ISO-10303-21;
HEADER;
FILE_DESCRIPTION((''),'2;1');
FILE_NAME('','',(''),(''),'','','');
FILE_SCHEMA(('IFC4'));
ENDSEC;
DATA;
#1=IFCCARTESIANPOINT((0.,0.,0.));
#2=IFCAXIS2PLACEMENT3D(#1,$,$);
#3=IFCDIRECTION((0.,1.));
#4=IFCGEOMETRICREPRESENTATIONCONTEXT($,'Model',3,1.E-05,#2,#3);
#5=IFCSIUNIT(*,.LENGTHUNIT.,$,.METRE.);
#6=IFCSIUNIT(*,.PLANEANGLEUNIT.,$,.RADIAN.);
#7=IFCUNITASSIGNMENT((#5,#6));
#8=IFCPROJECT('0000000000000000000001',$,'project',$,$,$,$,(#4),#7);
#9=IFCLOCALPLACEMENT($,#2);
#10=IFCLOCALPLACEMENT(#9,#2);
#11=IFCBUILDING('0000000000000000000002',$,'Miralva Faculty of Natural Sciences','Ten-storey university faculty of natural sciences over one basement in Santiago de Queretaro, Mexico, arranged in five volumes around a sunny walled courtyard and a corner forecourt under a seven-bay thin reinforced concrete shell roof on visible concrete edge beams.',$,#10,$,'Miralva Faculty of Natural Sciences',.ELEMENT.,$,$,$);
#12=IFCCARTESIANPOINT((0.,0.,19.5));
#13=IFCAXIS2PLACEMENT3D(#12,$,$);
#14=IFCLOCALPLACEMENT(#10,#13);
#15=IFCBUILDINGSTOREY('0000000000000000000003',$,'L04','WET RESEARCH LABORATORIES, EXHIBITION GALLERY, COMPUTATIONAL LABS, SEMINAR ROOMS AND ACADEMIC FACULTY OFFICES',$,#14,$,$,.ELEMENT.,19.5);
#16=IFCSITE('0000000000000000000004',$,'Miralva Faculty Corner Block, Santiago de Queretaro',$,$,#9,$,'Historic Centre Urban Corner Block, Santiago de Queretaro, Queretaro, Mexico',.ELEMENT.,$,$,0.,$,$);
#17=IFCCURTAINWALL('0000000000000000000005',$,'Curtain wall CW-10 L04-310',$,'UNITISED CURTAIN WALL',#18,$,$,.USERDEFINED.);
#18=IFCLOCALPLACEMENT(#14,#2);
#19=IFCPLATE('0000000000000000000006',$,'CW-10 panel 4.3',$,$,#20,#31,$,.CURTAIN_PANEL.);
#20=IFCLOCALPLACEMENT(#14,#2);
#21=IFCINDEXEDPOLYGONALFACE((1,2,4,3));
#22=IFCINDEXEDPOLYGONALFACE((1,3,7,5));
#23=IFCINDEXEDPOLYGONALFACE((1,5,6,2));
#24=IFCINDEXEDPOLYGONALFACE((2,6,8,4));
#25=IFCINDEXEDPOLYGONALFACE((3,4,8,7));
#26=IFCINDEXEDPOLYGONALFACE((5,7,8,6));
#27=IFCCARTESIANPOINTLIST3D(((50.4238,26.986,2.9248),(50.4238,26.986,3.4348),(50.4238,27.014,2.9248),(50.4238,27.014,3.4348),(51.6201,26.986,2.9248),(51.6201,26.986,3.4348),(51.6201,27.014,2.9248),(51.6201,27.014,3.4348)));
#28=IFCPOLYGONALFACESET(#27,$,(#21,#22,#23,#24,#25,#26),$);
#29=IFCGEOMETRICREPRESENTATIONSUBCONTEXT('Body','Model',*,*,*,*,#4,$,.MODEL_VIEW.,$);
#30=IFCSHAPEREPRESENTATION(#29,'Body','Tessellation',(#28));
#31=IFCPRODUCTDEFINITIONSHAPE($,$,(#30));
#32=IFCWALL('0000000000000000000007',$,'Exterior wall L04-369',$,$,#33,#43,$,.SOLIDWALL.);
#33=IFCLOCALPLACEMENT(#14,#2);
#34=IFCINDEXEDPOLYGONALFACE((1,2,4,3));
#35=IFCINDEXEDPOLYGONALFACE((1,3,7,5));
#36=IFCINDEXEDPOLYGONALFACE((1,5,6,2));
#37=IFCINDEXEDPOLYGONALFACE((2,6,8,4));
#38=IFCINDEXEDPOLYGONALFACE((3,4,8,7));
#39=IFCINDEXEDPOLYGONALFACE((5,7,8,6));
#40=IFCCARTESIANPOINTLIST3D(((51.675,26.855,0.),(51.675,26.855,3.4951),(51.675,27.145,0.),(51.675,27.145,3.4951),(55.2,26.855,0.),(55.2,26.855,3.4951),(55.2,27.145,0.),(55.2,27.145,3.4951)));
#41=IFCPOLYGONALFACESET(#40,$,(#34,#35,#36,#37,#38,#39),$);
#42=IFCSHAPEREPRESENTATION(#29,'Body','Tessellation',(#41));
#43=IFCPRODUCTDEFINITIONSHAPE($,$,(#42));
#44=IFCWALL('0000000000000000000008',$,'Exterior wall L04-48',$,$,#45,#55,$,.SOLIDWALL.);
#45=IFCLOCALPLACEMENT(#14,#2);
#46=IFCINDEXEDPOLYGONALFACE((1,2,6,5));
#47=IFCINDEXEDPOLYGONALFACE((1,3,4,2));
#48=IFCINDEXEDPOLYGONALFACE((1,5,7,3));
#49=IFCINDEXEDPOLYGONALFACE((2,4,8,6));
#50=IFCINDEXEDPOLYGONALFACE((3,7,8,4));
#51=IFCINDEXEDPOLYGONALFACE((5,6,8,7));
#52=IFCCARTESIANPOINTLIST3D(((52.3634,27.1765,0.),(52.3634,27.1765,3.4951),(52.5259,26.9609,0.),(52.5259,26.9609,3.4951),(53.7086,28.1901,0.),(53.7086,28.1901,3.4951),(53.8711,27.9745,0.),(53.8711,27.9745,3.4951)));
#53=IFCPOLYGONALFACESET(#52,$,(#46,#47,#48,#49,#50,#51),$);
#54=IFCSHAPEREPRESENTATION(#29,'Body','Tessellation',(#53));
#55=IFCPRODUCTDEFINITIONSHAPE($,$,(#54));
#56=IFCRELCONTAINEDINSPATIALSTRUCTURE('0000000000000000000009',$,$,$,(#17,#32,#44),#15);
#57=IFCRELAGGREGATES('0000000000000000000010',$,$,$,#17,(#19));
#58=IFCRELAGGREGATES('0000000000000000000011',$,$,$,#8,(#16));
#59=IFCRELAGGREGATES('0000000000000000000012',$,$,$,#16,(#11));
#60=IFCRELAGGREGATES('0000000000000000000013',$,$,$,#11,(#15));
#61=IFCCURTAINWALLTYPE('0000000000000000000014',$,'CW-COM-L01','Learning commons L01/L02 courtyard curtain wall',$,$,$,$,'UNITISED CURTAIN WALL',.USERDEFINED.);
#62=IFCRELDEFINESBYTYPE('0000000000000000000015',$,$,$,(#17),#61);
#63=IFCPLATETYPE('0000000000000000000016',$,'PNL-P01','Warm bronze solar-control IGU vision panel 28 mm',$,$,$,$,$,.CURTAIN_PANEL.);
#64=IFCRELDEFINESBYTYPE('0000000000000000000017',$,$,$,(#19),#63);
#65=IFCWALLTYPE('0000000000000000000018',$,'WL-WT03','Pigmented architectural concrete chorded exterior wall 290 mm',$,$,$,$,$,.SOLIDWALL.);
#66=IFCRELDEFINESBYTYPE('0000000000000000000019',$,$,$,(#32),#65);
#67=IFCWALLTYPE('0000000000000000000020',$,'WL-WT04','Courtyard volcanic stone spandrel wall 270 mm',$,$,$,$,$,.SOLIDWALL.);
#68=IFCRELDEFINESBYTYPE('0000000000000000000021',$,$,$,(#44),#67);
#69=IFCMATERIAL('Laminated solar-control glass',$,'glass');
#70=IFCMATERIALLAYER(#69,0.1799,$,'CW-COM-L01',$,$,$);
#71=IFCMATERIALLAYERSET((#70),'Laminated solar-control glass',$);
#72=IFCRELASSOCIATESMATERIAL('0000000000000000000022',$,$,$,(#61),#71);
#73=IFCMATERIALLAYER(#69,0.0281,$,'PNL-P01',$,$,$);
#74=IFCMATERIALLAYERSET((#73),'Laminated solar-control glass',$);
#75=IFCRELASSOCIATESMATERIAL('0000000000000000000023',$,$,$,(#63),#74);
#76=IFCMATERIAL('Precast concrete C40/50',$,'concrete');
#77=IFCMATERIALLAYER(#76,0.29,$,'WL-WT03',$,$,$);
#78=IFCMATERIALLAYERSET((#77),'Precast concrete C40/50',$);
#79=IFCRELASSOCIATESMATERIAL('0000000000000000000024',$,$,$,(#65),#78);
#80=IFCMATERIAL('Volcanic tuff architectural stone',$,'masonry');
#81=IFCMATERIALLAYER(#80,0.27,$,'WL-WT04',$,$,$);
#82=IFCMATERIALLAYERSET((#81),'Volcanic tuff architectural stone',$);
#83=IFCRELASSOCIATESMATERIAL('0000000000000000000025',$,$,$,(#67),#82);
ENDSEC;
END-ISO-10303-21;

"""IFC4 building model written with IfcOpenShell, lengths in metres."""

from ifc_helpers import new_model, si_unit, direction, frame, frame_2d, origin, origin_2d, place, context, subcontext, project, spatial, rectangle, extrude, material, layer, layer_set, type_object, element, aggregate, save


model = new_model("IFC4")

# Units and contexts
model_context = context("Model", 3, precision=1e-05, world=origin(), true_north=direction((0.0, 1.0)))
body_context = subcontext(model_context, "Body", "Model", "MODEL_VIEW")
ifc_project = project(units=[si_unit("LENGTHUNIT", "METRE"), si_unit("PLANEANGLEUNIT", "RADIAN")], contexts=[model_context])

# Site, building, storey
site_placement = place(None, origin())
site = spatial("IfcSite", under=ifc_project, at=site_placement, Name="Miralva Faculty Corner Block, Santiago de Queretaro", LongName="Historic Centre Urban Corner Block, Santiago de Queretaro, Queretaro, Mexico", CompositionType="ELEMENT", RefElevation=0.0)
building_placement = place(site_placement, origin())
building = spatial("IfcBuilding", under=site, at=building_placement, Name="Miralva Faculty of Natural Sciences", Description="Ten-storey university faculty of natural sciences over one basement in Santiago de Queretaro, Mexico, arranged in five volumes around a sunny walled courtyard and a corner forecourt under a seven-bay thin reinforced concrete shell roof on visible concrete edge beams.", LongName="Miralva Faculty of Natural Sciences", CompositionType="ELEMENT")
storey_placement = place(building_placement, frame((0.0, 0.0, 19.5)))
storey = spatial("IfcBuildingStorey", under=building, at=storey_placement, Name="L04", Description="WET RESEARCH LABORATORIES, EXHIBITION GALLERY, COMPUTATIONAL LABS, SEMINAR ROOMS AND ACADEMIC FACULTY OFFICES", CompositionType="ELEMENT", Elevation=19.5)

# Shared definitions
ifc_material_1 = material(Name="Laminated solar-control glass", Category="glass")

# Curtain wall
ifc_layer_1 = layer(ifc_material_1, 0.1799, Name="CW-COM-L01")
ifc_layer_set_1 = layer_set([ifc_layer_1], Name="Laminated solar-control glass")
curtain_wall_type_1 = type_object("IfcCurtainWallType", Name="CW-COM-L01", Description="Learning commons L01/L02 courtyard curtain wall", ElementType="UNITISED CURTAIN WALL", PredefinedType="USERDEFINED", material=ifc_layer_set_1)
curtain_wall_1_placement = place(storey_placement, origin())
curtain_wall_1 = element("IfcCurtainWall", 1, at=curtain_wall_1_placement, inside=storey, type_object=curtain_wall_type_1, Name="Curtain wall CW-10 L04-310", ObjectType="UNITISED CURTAIN WALL", PredefinedType="USERDEFINED")

# Plate
ifc_layer_2 = layer(ifc_material_1, 0.0281, Name="PNL-P01")
ifc_layer_set_2 = layer_set([ifc_layer_2], Name="Laminated solar-control glass")
plate_type = type_object("IfcPlateType", Name="PNL-P01", Description="Warm bronze solar-control IGU vision panel 28 mm", PredefinedType="CURTAIN_PANEL", material=ifc_layer_set_2)
plate_1_placement = place(storey_placement, frame((51.022, 27.0, 2.9248), z_axis=(0.0, 0.0, 1.0), x_axis=(1.0, 0.0, 0.0)))
plate_1 = element("IfcPlate", 2, at=plate_1_placement, type_object=plate_type, Name="CW-10 panel 4.3", PredefinedType="CURTAIN_PANEL", context=body_context, shape_type="SweptSolid", body=[
    extrude(rectangle(XDim=1.1963, YDim=0.0281, at=origin_2d()), origin(), (0.0, 0.0, 1.0), 0.51),
])
aggregate(curtain_wall_1, [plate_1])

# Walls
ifc_material_2 = material(Name="Precast concrete C40/50", Category="concrete")
ifc_layer_3 = layer(ifc_material_2, 0.29, Name="WL-WT03")
ifc_layer_set_3 = layer_set([ifc_layer_3], Name="Precast concrete C40/50")
wall_type_1 = type_object("IfcWallType", Name="WL-WT03", Description="Pigmented architectural concrete chorded exterior wall 290 mm", PredefinedType="SOLIDWALL", material=ifc_layer_set_3)
wall_1_placement = place(storey_placement, frame((51.675, 27.0, 0.0), z_axis=(0.0, 0.0, 1.0), x_axis=(1.0, 0.0, 0.0)))
element("IfcWall", 3, at=wall_1_placement, inside=storey, type_object=wall_type_1, Name="Exterior wall L04-369", PredefinedType="SOLIDWALL", context=body_context, shape_type="SweptSolid", body=[
    extrude(rectangle(XDim=3.5249, YDim=0.29, at=frame_2d((1.7625, 0.0))), origin(), (0.0, 0.0, 1.0), 3.4951),
])
ifc_material_3 = material(Name="Volcanic tuff architectural stone", Category="masonry")
ifc_layer_4 = layer(ifc_material_3, 0.27, Name="WL-WT04")
ifc_layer_set_4 = layer_set([ifc_layer_4], Name="Volcanic tuff architectural stone")
wall_type_2 = type_object("IfcWallType", Name="WL-WT04", Description="Courtyard volcanic stone spandrel wall 270 mm", PredefinedType="SOLIDWALL", material=ifc_layer_set_4)
wall_2_placement = place(storey_placement, frame((52.4446, 27.0686, 0.0), z_axis=(0.0, 0.0, 1.0), x_axis=(0.798641, 0.601807, 0.0)))
element("IfcWall", 4, at=wall_2_placement, inside=storey, type_object=wall_type_2, Name="Exterior wall L04-48", PredefinedType="SOLIDWALL", context=body_context, shape_type="SweptSolid", body=[
    extrude(rectangle(XDim=1.6843, YDim=0.27, at=frame_2d((0.8423, 0.0))), origin(), (0.0, 0.0, 1.0), 3.4951),
])

save(model, "model.ifc")
